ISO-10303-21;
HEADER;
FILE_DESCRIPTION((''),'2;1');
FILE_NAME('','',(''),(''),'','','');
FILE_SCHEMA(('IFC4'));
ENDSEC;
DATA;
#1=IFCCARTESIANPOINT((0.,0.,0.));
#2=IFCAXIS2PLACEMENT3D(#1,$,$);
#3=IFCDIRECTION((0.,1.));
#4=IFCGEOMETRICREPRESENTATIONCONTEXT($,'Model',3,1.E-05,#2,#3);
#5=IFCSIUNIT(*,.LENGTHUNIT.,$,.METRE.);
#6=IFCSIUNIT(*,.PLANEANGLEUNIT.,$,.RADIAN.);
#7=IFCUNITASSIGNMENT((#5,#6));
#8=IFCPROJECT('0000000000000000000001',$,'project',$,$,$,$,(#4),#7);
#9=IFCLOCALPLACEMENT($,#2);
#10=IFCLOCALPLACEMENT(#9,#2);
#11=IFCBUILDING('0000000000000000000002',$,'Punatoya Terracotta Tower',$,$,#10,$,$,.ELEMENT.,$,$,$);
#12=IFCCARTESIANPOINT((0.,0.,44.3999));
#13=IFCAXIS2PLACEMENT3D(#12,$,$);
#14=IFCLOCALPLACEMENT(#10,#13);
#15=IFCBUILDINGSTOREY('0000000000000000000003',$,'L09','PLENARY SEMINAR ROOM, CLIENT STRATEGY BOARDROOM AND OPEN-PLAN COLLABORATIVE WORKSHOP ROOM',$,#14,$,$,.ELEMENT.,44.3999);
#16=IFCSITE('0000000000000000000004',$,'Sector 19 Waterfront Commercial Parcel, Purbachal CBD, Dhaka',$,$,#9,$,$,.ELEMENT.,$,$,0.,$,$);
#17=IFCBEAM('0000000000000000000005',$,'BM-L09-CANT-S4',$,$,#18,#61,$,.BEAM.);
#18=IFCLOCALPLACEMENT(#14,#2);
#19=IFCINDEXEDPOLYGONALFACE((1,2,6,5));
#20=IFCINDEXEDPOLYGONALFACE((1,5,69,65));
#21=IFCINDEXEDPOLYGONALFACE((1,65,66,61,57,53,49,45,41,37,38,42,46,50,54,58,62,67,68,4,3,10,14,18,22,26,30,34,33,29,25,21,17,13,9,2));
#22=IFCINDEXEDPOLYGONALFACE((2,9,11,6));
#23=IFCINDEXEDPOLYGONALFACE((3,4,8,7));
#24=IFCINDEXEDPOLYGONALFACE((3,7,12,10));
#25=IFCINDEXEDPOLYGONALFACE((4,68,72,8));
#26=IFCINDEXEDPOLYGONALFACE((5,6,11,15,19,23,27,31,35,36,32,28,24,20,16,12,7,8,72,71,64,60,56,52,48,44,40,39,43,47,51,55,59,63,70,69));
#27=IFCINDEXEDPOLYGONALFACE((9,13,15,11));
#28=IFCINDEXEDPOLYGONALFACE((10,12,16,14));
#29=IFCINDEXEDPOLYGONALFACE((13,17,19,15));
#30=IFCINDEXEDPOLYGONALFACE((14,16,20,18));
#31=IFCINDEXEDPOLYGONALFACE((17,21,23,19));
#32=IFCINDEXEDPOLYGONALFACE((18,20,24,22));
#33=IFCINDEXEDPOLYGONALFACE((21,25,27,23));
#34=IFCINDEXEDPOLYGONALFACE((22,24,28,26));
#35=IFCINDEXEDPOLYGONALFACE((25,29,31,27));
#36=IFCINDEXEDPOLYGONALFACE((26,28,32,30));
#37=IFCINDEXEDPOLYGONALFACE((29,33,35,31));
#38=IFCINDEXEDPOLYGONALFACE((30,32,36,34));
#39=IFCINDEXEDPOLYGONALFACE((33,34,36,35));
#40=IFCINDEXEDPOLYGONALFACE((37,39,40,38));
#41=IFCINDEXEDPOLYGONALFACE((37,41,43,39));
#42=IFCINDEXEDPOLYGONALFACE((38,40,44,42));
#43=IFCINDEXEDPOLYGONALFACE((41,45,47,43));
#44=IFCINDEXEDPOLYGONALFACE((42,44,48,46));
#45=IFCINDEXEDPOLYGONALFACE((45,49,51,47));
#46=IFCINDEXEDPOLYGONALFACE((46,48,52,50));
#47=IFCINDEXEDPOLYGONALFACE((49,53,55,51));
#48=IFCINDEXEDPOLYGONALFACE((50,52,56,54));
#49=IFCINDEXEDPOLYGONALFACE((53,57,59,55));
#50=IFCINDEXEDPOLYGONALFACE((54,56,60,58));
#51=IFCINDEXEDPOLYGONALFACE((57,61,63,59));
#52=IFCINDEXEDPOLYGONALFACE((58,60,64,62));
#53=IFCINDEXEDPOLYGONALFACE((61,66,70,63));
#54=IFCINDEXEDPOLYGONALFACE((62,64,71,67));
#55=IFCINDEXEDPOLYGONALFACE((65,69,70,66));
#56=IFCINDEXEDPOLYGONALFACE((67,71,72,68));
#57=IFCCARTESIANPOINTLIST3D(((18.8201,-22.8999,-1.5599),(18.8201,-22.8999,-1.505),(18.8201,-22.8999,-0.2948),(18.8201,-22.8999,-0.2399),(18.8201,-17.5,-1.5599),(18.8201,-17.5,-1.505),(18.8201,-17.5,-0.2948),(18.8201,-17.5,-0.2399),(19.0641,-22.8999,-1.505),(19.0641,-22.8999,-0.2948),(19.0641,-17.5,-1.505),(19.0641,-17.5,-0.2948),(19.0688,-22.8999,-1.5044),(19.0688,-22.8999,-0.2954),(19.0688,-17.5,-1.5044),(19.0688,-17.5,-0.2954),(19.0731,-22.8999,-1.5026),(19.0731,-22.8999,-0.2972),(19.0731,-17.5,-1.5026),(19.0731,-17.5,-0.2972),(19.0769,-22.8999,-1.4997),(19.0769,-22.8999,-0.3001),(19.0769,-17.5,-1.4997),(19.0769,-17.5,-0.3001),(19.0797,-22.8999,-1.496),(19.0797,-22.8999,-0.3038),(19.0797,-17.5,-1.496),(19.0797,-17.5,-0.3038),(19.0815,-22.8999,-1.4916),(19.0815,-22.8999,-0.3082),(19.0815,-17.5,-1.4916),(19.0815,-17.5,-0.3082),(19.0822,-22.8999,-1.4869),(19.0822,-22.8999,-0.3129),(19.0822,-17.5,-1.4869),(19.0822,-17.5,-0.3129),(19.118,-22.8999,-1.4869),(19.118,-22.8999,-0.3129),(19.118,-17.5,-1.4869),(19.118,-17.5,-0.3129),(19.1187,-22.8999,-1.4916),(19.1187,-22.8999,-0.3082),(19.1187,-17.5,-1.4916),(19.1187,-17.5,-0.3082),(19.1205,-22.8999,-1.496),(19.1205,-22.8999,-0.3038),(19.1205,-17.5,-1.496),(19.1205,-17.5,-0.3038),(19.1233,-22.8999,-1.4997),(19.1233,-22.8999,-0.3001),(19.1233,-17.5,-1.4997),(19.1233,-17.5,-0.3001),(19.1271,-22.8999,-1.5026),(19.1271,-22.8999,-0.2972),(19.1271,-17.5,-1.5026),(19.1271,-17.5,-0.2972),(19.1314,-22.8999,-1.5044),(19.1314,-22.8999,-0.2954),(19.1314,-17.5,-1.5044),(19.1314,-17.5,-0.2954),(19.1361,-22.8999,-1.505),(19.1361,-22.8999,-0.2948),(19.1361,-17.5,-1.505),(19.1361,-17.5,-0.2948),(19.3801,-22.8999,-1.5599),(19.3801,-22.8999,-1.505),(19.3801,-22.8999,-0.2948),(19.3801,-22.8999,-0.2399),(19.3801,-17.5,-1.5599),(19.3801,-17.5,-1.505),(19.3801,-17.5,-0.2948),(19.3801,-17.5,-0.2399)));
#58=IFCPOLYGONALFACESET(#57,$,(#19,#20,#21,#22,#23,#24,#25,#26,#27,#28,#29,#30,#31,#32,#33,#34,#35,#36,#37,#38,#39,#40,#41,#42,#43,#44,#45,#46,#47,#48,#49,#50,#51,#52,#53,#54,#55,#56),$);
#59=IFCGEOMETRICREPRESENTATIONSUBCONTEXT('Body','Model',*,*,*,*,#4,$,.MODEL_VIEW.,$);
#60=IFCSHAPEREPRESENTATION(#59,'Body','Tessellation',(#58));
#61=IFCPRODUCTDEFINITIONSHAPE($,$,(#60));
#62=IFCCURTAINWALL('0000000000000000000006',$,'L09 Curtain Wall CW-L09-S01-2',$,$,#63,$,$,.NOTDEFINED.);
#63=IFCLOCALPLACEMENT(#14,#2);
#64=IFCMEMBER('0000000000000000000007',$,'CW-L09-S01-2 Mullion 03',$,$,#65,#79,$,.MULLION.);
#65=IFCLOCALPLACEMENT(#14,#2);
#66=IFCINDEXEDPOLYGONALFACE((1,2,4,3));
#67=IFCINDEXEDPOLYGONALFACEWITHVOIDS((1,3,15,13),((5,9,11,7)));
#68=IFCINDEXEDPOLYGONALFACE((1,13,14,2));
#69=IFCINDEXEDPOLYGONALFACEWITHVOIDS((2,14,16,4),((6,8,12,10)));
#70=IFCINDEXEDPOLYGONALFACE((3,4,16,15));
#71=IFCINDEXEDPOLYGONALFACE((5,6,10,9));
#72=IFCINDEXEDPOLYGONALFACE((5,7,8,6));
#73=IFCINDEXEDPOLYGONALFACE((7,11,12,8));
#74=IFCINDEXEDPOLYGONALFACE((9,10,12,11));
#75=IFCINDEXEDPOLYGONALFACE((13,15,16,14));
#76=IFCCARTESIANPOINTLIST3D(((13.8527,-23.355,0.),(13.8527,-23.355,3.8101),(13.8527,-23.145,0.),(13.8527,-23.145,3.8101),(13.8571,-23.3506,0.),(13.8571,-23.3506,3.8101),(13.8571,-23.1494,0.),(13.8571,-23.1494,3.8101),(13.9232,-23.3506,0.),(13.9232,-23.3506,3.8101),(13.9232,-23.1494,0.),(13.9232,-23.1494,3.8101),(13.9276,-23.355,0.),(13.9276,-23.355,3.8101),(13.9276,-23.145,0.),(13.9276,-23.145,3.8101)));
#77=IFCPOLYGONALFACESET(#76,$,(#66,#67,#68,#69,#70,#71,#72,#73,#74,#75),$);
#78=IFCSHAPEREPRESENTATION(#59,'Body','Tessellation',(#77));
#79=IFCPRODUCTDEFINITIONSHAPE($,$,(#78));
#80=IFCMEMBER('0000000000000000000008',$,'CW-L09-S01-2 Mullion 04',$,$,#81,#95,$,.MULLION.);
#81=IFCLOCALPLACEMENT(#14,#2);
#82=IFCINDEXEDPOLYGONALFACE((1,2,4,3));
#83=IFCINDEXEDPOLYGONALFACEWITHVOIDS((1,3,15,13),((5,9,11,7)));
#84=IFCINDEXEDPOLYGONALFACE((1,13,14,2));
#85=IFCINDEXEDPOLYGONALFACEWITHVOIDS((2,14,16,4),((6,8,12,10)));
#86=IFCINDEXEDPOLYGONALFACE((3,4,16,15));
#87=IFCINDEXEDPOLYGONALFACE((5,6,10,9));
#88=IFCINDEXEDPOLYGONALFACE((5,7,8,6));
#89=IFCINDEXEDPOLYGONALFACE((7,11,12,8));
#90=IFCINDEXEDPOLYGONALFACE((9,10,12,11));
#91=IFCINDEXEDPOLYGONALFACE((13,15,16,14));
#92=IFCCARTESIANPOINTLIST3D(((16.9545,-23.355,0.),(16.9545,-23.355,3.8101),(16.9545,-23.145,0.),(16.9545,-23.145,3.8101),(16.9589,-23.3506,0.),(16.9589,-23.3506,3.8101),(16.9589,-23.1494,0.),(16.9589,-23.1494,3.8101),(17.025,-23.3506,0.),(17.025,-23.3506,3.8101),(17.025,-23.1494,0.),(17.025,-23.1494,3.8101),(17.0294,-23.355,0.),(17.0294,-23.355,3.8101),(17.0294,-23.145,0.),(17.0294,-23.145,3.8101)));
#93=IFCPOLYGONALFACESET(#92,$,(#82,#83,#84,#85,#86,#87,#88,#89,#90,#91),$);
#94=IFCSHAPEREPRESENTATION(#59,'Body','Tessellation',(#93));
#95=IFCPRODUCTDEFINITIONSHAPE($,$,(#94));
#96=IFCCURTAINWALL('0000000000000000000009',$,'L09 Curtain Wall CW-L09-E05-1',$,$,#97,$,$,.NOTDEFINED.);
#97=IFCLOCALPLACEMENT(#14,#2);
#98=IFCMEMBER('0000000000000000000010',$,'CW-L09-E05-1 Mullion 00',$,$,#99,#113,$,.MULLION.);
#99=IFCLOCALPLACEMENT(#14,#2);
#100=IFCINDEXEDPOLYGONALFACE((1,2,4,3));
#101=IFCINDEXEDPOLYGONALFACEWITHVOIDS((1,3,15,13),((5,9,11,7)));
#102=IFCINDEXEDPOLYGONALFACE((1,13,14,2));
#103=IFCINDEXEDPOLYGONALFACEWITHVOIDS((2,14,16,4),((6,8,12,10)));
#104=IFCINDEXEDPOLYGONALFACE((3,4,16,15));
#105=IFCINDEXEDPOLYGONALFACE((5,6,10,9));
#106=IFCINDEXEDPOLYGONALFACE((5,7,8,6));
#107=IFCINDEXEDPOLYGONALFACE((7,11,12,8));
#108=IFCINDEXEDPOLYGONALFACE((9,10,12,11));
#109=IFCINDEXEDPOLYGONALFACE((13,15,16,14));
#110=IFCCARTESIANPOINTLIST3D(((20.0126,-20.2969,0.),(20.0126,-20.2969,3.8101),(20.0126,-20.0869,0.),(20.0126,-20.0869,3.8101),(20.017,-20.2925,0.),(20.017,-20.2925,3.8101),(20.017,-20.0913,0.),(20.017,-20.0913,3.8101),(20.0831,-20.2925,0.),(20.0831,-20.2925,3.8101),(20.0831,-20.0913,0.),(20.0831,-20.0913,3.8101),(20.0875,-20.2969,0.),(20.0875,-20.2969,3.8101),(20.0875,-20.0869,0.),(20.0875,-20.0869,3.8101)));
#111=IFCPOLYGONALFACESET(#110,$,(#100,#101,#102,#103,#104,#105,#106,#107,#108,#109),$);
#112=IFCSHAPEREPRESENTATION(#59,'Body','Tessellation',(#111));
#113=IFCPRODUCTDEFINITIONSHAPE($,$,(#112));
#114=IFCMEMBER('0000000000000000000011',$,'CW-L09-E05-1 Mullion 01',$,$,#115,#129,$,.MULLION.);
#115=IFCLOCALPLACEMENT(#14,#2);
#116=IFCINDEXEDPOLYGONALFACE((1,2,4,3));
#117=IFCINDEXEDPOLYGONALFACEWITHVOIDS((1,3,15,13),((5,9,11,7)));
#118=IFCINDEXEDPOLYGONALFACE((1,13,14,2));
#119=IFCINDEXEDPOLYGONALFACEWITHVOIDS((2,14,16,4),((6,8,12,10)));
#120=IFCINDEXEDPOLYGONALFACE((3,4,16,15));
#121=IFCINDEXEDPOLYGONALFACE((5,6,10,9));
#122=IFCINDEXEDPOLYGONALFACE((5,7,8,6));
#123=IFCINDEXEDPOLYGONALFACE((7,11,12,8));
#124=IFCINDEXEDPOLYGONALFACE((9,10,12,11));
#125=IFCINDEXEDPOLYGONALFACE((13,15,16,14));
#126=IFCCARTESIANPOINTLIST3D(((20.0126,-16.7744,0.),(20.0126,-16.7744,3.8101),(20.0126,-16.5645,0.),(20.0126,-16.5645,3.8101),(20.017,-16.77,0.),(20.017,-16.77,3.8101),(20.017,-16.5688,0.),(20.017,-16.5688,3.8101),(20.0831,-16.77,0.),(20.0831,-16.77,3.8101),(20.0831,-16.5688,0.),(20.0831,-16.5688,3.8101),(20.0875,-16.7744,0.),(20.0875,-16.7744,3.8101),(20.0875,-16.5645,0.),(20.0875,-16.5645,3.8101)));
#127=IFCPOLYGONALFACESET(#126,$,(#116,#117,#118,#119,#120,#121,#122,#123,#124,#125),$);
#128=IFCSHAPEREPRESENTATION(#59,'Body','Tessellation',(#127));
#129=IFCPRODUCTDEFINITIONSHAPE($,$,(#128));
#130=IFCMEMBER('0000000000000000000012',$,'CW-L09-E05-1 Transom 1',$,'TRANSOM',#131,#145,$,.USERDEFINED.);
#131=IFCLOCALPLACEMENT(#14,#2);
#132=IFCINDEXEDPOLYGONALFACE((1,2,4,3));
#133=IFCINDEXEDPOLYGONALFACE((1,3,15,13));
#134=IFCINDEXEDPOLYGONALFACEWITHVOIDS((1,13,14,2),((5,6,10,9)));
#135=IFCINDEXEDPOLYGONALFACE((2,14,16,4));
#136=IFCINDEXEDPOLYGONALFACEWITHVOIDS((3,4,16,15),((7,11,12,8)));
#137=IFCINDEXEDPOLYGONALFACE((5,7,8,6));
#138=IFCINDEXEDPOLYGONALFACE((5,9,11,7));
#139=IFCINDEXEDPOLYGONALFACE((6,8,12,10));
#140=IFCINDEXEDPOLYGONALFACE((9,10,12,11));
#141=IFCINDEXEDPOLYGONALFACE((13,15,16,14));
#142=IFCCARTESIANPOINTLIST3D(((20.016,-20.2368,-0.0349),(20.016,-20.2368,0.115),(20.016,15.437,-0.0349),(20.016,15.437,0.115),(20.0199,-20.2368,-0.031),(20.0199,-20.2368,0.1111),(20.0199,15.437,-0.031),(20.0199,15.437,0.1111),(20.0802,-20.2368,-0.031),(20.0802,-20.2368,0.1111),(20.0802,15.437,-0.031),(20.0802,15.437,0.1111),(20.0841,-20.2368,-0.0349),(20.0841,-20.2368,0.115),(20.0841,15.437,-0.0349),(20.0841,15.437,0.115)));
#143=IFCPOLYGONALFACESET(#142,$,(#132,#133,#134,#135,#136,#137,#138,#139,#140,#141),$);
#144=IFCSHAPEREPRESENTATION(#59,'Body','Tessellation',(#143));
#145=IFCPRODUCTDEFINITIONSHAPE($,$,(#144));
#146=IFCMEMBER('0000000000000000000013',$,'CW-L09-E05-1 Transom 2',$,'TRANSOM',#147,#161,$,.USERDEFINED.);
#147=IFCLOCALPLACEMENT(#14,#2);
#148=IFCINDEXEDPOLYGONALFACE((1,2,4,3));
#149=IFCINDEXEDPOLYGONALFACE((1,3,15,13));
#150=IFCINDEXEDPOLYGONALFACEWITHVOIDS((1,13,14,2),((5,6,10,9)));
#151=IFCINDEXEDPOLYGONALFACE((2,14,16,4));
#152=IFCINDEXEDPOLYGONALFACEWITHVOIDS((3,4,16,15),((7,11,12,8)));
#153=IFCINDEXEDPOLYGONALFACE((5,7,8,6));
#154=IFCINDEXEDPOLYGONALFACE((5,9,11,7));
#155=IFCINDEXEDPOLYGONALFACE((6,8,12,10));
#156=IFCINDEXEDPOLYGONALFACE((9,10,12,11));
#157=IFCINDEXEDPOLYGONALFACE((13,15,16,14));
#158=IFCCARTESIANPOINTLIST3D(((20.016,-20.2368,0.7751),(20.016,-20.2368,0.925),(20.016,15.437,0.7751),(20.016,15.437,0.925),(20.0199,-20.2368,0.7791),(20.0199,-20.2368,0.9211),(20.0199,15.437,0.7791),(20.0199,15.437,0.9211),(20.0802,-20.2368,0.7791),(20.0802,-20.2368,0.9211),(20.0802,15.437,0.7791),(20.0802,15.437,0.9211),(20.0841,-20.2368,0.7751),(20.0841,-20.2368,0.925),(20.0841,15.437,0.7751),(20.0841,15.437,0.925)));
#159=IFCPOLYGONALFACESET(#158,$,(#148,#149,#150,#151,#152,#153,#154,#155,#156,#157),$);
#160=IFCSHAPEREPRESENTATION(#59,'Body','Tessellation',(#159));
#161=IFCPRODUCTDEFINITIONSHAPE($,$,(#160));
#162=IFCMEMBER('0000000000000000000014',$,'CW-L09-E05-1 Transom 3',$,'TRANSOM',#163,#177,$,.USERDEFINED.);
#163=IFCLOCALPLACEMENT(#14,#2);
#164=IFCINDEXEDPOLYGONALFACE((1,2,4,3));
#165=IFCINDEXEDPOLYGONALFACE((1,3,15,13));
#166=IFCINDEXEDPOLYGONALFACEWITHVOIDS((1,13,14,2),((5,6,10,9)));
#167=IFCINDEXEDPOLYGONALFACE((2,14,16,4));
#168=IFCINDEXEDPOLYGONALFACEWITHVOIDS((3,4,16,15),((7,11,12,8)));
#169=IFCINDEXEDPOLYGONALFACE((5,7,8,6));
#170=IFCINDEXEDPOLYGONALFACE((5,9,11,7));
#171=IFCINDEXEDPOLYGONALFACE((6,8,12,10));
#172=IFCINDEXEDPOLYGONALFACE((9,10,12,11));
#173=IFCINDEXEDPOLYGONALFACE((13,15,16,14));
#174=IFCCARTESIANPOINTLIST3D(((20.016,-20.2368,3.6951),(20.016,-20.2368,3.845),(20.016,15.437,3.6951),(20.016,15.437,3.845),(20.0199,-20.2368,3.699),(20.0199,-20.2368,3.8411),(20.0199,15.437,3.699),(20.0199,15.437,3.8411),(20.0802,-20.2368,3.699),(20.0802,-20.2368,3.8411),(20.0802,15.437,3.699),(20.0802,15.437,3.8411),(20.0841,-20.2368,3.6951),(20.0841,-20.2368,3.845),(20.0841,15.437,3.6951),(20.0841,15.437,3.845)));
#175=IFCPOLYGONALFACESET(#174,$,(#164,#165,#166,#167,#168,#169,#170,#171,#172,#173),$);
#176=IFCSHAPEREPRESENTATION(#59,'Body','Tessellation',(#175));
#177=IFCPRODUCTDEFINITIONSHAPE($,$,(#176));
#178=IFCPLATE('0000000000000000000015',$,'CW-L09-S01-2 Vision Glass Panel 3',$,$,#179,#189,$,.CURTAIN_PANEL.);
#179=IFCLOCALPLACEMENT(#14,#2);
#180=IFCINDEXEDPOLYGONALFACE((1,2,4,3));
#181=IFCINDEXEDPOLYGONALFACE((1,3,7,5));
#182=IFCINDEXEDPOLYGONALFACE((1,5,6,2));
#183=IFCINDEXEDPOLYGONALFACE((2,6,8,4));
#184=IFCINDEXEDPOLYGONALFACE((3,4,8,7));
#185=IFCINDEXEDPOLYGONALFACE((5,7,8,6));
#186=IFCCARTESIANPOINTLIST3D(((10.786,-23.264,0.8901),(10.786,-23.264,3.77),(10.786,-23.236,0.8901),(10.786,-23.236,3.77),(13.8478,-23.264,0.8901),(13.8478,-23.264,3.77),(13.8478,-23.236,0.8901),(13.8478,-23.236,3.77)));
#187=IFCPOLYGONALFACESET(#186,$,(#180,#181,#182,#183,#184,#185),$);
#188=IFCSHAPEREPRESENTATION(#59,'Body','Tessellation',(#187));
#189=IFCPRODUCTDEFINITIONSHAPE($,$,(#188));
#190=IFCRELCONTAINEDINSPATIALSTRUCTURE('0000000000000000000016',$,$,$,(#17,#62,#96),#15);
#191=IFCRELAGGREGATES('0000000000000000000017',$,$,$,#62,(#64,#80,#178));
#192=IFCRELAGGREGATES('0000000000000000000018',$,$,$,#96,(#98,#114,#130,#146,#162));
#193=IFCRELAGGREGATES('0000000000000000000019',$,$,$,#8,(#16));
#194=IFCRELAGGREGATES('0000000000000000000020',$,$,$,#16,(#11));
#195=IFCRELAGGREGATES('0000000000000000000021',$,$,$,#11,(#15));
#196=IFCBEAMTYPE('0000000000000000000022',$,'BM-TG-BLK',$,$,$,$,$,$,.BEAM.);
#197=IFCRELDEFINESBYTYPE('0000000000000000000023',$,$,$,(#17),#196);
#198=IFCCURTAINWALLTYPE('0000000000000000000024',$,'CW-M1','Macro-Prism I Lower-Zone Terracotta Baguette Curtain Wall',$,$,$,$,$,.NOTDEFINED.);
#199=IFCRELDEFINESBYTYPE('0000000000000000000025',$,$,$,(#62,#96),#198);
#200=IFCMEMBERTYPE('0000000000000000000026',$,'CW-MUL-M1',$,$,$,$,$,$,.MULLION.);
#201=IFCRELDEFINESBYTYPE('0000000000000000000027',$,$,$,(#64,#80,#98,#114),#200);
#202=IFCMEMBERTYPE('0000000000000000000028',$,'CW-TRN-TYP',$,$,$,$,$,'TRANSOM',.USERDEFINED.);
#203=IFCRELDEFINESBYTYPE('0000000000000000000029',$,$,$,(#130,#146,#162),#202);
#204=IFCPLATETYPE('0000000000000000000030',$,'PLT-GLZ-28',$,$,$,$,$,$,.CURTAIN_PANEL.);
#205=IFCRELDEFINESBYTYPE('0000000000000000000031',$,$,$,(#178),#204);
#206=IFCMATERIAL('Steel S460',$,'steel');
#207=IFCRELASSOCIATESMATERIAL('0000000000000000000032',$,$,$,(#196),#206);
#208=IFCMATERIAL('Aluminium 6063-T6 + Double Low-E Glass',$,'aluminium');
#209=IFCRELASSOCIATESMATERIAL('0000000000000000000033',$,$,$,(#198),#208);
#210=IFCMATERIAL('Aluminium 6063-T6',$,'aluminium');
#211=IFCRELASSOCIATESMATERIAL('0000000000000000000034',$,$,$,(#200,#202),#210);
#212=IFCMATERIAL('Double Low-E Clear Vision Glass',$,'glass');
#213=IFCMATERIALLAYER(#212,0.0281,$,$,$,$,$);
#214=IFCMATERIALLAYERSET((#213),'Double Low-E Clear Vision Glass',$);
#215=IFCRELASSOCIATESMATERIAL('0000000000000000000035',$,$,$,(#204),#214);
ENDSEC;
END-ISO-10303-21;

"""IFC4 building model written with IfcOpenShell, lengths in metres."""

from ifc_helpers import new_model, si_unit, direction, frame, origin, origin_2d, place, context, subcontext, project, spatial, rectangle, hollow_rectangle, i_section, extrude, material, layer, layer_set, material_profile, profile_set, type_object, element, aggregate, save


model = new_model("IFC4")

# Units and contexts
model_context = context("Model", 3, precision=1e-05, world=origin(), true_north=direction((0.0, 1.0)))
body_context = subcontext(model_context, "Body", "Model", "MODEL_VIEW")
ifc_project = project(units=[si_unit("LENGTHUNIT", "METRE"), si_unit("PLANEANGLEUNIT", "RADIAN")], contexts=[model_context])

# Site, building, storey
site_placement = place(None, origin())
site = spatial("IfcSite", under=ifc_project, at=site_placement, Name="Sector 19 Waterfront Commercial Parcel, Purbachal CBD, Dhaka", CompositionType="ELEMENT", RefElevation=0.0)
building_placement = place(site_placement, origin())
building = spatial("IfcBuilding", under=site, at=building_placement, Name="Punatoya Terracotta Tower", CompositionType="ELEMENT")
storey_placement = place(building_placement, frame((0.0, 0.0, 44.3999)))
storey = spatial("IfcBuildingStorey", under=building, at=storey_placement, Name="L09", Description="PLENARY SEMINAR ROOM, CLIENT STRATEGY BOARDROOM AND OPEN-PLAN COLLABORATIVE WORKSHOP ROOM", CompositionType="ELEMENT", Elevation=44.3999)

# Shared definitions
ifc_material_1 = material(Name="Steel S460", Category="steel")

# Beam
ifc_material_profile_1 = material_profile(ifc_material_1, i_section(OverallWidth=0.5601, OverallDepth=1.3201, WebThickness=0.0359, FlangeThickness=0.0549, FilletRadius=0.0181, at=origin_2d()))
ifc_profile_set_1 = profile_set([ifc_material_profile_1], Name="Steel S460")
beam_type_1 = type_object("IfcBeamType", Name="BM-TG-BLK", PredefinedType="BEAM", material=ifc_profile_set_1)
beam_1_placement = place(storey_placement, frame((19.1001, -22.8999, -0.8999), z_axis=(0.0, 1.0, 0.0), x_axis=(-1.0, 0.0, 0.0)))
element("IfcBeam", 1, at=beam_1_placement, inside=storey, type_object=beam_type_1, Name="BM-L09-CANT-S4", PredefinedType="BEAM", context=body_context, shape_type="SweptSolid", body=[
    extrude(i_section(OverallWidth=0.5601, OverallDepth=1.3201, WebThickness=0.0359, FlangeThickness=0.0549, FilletRadius=0.0181, at=origin_2d()), origin(), (0.0, 0.0, 1.0), 5.3999),
])

# Curtain walls, members
ifc_material_2 = material(Name="Aluminium 6063-T6 + Double Low-E Glass", Category="aluminium")
curtain_wall_type = type_object("IfcCurtainWallType", Name="CW-M1", Description="Macro-Prism I Lower-Zone Terracotta Baguette Curtain Wall", PredefinedType="NOTDEFINED", material=ifc_material_2)
curtain_wall_1_placement = place(storey_placement, origin())
curtain_wall_1 = element("IfcCurtainWall", 2, at=curtain_wall_1_placement, inside=storey, type_object=curtain_wall_type, Name="L09 Curtain Wall CW-L09-S01-2", PredefinedType="NOTDEFINED")
ifc_material_3 = material(Name="Aluminium 6063-T6", Category="aluminium")
ifc_material_profile_2 = material_profile(ifc_material_3, hollow_rectangle(XDim=0.075, YDim=0.21, WallThickness=0.0044, at=origin_2d()))
ifc_profile_set_2 = profile_set([ifc_material_profile_2], Name="Aluminium 6063-T6")
member_type_1 = type_object("IfcMemberType", Name="CW-MUL-M1", PredefinedType="MULLION", material=ifc_profile_set_2)
member_1_placement = place(storey_placement, frame((13.8901, -23.25, 0.0), z_axis=(0.0, 0.0, 1.0), x_axis=(1.0, 0.0, 0.0)))
member_1 = element("IfcMember", 3, at=member_1_placement, type_object=member_type_1, Name="CW-L09-S01-2 Mullion 03", PredefinedType="MULLION", context=body_context, shape_type="SweptSolid", body=[
    extrude(hollow_rectangle(XDim=0.075, YDim=0.21, WallThickness=0.0044, at=origin_2d()), origin(), (0.0, 0.0, 1.0), 3.8101),
])
member_2_placement = place(storey_placement, frame((16.9919, -23.25, 0.0), z_axis=(0.0, 0.0, 1.0), x_axis=(1.0, 0.0, 0.0)))
member_2 = element("IfcMember", 4, at=member_2_placement, type_object=member_type_1, Name="CW-L09-S01-2 Mullion 04", PredefinedType="MULLION", context=body_context, shape_type="SweptSolid", body=[
    extrude(hollow_rectangle(XDim=0.075, YDim=0.21, WallThickness=0.0044, at=origin_2d()), origin(), (0.0, 0.0, 1.0), 3.8101),
])
curtain_wall_2_placement = place(storey_placement, origin())
curtain_wall_2 = element("IfcCurtainWall", 5, at=curtain_wall_2_placement, inside=storey, type_object=curtain_wall_type, Name="L09 Curtain Wall CW-L09-E05-1", PredefinedType="NOTDEFINED")
member_3_placement = place(storey_placement, frame((20.05, -20.1919, 0.0), z_axis=(0.0, 0.0, 1.0), x_axis=(1.0, 0.0, 0.0)))
member_3 = element("IfcMember", 6, at=member_3_placement, type_object=member_type_1, Name="CW-L09-E05-1 Mullion 00", PredefinedType="MULLION", context=body_context, shape_type="SweptSolid", body=[
    extrude(hollow_rectangle(XDim=0.075, YDim=0.21, WallThickness=0.0044, at=origin_2d()), origin(), (0.0, 0.0, 1.0), 3.8101),
])
member_4_placement = place(storey_placement, frame((20.05, -16.6694, 0.0), z_axis=(0.0, 0.0, 1.0), x_axis=(1.0, 0.0, 0.0)))
member_4 = element("IfcMember", 7, at=member_4_placement, type_object=member_type_1, Name="CW-L09-E05-1 Mullion 01", PredefinedType="MULLION", context=body_context, shape_type="SweptSolid", body=[
    extrude(hollow_rectangle(XDim=0.075, YDim=0.21, WallThickness=0.0044, at=origin_2d()), origin(), (0.0, 0.0, 1.0), 3.8101),
])
ifc_material_profile_3 = material_profile(ifc_material_3, hollow_rectangle(XDim=0.0681, YDim=0.1499, WallThickness=0.0039, at=origin_2d()))
ifc_profile_set_3 = profile_set([ifc_material_profile_3], Name="Aluminium 6063-T6")
member_type_2 = type_object("IfcMemberType", Name="CW-TRN-TYP", ElementType="TRANSOM", PredefinedType="USERDEFINED", material=ifc_profile_set_3)
member_5_placement = place(storey_placement, frame((20.05, -20.2368, 0.04), z_axis=(0.0, 1.0, 0.0), x_axis=(-1.0, 0.0, 0.0)))
member_5 = element("IfcMember", 8, at=member_5_placement, type_object=member_type_2, Name="CW-L09-E05-1 Transom 1", ObjectType="TRANSOM", PredefinedType="USERDEFINED", context=body_context, shape_type="SweptSolid", body=[
    extrude(hollow_rectangle(XDim=0.0681, YDim=0.1499, WallThickness=0.0039, at=origin_2d()), origin(), (0.0, 0.0, 1.0), 35.6738),
])
member_6_placement = place(storey_placement, frame((20.05, -20.2368, 0.8501), z_axis=(0.0, 1.0, 0.0), x_axis=(-1.0, 0.0, 0.0)))
member_6 = element("IfcMember", 9, at=member_6_placement, type_object=member_type_2, Name="CW-L09-E05-1 Transom 2", ObjectType="TRANSOM", PredefinedType="USERDEFINED", context=body_context, shape_type="SweptSolid", body=[
    extrude(hollow_rectangle(XDim=0.0681, YDim=0.1499, WallThickness=0.0039, at=origin_2d()), origin(), (0.0, 0.0, 1.0), 35.6738),
])
member_7_placement = place(storey_placement, frame((20.05, -20.2368, 3.77), z_axis=(0.0, 1.0, 0.0), x_axis=(-1.0, 0.0, 0.0)))
member_7 = element("IfcMember", 10, at=member_7_placement, type_object=member_type_2, Name="CW-L09-E05-1 Transom 3", ObjectType="TRANSOM", PredefinedType="USERDEFINED", context=body_context, shape_type="SweptSolid", body=[
    extrude(hollow_rectangle(XDim=0.0681, YDim=0.1499, WallThickness=0.0039, at=origin_2d()), origin(), (0.0, 0.0, 1.0), 35.6738),
])

# Plate
ifc_material_4 = material(Name="Double Low-E Clear Vision Glass", Category="glass")
ifc_layer_1 = layer(ifc_material_4, 0.0281)
ifc_layer_set_1 = layer_set([ifc_layer_1], Name="Double Low-E Clear Vision Glass")
plate_type_1 = type_object("IfcPlateType", Name="PLT-GLZ-28", PredefinedType="CURTAIN_PANEL", material=ifc_layer_set_1)
plate_1_placement = place(storey_placement, frame((12.3169, -23.25, 0.8901), z_axis=(0.0, 0.0, 1.0), x_axis=(1.0, 0.0, 0.0)))
plate_1 = element("IfcPlate", 11, at=plate_1_placement, type_object=plate_type_1, Name="CW-L09-S01-2 Vision Glass Panel 3", PredefinedType="CURTAIN_PANEL", context=body_context, shape_type="SweptSolid", body=[
    extrude(rectangle(XDim=3.0618, YDim=0.0281, at=origin_2d()), origin(), (0.0, 0.0, 1.0), 2.8799),
])
aggregate(curtain_wall_1, [member_1, member_2, plate_1])
aggregate(curtain_wall_2, [member_3, member_4, member_5, member_6, member_7])

save(model, "model.ifc")
